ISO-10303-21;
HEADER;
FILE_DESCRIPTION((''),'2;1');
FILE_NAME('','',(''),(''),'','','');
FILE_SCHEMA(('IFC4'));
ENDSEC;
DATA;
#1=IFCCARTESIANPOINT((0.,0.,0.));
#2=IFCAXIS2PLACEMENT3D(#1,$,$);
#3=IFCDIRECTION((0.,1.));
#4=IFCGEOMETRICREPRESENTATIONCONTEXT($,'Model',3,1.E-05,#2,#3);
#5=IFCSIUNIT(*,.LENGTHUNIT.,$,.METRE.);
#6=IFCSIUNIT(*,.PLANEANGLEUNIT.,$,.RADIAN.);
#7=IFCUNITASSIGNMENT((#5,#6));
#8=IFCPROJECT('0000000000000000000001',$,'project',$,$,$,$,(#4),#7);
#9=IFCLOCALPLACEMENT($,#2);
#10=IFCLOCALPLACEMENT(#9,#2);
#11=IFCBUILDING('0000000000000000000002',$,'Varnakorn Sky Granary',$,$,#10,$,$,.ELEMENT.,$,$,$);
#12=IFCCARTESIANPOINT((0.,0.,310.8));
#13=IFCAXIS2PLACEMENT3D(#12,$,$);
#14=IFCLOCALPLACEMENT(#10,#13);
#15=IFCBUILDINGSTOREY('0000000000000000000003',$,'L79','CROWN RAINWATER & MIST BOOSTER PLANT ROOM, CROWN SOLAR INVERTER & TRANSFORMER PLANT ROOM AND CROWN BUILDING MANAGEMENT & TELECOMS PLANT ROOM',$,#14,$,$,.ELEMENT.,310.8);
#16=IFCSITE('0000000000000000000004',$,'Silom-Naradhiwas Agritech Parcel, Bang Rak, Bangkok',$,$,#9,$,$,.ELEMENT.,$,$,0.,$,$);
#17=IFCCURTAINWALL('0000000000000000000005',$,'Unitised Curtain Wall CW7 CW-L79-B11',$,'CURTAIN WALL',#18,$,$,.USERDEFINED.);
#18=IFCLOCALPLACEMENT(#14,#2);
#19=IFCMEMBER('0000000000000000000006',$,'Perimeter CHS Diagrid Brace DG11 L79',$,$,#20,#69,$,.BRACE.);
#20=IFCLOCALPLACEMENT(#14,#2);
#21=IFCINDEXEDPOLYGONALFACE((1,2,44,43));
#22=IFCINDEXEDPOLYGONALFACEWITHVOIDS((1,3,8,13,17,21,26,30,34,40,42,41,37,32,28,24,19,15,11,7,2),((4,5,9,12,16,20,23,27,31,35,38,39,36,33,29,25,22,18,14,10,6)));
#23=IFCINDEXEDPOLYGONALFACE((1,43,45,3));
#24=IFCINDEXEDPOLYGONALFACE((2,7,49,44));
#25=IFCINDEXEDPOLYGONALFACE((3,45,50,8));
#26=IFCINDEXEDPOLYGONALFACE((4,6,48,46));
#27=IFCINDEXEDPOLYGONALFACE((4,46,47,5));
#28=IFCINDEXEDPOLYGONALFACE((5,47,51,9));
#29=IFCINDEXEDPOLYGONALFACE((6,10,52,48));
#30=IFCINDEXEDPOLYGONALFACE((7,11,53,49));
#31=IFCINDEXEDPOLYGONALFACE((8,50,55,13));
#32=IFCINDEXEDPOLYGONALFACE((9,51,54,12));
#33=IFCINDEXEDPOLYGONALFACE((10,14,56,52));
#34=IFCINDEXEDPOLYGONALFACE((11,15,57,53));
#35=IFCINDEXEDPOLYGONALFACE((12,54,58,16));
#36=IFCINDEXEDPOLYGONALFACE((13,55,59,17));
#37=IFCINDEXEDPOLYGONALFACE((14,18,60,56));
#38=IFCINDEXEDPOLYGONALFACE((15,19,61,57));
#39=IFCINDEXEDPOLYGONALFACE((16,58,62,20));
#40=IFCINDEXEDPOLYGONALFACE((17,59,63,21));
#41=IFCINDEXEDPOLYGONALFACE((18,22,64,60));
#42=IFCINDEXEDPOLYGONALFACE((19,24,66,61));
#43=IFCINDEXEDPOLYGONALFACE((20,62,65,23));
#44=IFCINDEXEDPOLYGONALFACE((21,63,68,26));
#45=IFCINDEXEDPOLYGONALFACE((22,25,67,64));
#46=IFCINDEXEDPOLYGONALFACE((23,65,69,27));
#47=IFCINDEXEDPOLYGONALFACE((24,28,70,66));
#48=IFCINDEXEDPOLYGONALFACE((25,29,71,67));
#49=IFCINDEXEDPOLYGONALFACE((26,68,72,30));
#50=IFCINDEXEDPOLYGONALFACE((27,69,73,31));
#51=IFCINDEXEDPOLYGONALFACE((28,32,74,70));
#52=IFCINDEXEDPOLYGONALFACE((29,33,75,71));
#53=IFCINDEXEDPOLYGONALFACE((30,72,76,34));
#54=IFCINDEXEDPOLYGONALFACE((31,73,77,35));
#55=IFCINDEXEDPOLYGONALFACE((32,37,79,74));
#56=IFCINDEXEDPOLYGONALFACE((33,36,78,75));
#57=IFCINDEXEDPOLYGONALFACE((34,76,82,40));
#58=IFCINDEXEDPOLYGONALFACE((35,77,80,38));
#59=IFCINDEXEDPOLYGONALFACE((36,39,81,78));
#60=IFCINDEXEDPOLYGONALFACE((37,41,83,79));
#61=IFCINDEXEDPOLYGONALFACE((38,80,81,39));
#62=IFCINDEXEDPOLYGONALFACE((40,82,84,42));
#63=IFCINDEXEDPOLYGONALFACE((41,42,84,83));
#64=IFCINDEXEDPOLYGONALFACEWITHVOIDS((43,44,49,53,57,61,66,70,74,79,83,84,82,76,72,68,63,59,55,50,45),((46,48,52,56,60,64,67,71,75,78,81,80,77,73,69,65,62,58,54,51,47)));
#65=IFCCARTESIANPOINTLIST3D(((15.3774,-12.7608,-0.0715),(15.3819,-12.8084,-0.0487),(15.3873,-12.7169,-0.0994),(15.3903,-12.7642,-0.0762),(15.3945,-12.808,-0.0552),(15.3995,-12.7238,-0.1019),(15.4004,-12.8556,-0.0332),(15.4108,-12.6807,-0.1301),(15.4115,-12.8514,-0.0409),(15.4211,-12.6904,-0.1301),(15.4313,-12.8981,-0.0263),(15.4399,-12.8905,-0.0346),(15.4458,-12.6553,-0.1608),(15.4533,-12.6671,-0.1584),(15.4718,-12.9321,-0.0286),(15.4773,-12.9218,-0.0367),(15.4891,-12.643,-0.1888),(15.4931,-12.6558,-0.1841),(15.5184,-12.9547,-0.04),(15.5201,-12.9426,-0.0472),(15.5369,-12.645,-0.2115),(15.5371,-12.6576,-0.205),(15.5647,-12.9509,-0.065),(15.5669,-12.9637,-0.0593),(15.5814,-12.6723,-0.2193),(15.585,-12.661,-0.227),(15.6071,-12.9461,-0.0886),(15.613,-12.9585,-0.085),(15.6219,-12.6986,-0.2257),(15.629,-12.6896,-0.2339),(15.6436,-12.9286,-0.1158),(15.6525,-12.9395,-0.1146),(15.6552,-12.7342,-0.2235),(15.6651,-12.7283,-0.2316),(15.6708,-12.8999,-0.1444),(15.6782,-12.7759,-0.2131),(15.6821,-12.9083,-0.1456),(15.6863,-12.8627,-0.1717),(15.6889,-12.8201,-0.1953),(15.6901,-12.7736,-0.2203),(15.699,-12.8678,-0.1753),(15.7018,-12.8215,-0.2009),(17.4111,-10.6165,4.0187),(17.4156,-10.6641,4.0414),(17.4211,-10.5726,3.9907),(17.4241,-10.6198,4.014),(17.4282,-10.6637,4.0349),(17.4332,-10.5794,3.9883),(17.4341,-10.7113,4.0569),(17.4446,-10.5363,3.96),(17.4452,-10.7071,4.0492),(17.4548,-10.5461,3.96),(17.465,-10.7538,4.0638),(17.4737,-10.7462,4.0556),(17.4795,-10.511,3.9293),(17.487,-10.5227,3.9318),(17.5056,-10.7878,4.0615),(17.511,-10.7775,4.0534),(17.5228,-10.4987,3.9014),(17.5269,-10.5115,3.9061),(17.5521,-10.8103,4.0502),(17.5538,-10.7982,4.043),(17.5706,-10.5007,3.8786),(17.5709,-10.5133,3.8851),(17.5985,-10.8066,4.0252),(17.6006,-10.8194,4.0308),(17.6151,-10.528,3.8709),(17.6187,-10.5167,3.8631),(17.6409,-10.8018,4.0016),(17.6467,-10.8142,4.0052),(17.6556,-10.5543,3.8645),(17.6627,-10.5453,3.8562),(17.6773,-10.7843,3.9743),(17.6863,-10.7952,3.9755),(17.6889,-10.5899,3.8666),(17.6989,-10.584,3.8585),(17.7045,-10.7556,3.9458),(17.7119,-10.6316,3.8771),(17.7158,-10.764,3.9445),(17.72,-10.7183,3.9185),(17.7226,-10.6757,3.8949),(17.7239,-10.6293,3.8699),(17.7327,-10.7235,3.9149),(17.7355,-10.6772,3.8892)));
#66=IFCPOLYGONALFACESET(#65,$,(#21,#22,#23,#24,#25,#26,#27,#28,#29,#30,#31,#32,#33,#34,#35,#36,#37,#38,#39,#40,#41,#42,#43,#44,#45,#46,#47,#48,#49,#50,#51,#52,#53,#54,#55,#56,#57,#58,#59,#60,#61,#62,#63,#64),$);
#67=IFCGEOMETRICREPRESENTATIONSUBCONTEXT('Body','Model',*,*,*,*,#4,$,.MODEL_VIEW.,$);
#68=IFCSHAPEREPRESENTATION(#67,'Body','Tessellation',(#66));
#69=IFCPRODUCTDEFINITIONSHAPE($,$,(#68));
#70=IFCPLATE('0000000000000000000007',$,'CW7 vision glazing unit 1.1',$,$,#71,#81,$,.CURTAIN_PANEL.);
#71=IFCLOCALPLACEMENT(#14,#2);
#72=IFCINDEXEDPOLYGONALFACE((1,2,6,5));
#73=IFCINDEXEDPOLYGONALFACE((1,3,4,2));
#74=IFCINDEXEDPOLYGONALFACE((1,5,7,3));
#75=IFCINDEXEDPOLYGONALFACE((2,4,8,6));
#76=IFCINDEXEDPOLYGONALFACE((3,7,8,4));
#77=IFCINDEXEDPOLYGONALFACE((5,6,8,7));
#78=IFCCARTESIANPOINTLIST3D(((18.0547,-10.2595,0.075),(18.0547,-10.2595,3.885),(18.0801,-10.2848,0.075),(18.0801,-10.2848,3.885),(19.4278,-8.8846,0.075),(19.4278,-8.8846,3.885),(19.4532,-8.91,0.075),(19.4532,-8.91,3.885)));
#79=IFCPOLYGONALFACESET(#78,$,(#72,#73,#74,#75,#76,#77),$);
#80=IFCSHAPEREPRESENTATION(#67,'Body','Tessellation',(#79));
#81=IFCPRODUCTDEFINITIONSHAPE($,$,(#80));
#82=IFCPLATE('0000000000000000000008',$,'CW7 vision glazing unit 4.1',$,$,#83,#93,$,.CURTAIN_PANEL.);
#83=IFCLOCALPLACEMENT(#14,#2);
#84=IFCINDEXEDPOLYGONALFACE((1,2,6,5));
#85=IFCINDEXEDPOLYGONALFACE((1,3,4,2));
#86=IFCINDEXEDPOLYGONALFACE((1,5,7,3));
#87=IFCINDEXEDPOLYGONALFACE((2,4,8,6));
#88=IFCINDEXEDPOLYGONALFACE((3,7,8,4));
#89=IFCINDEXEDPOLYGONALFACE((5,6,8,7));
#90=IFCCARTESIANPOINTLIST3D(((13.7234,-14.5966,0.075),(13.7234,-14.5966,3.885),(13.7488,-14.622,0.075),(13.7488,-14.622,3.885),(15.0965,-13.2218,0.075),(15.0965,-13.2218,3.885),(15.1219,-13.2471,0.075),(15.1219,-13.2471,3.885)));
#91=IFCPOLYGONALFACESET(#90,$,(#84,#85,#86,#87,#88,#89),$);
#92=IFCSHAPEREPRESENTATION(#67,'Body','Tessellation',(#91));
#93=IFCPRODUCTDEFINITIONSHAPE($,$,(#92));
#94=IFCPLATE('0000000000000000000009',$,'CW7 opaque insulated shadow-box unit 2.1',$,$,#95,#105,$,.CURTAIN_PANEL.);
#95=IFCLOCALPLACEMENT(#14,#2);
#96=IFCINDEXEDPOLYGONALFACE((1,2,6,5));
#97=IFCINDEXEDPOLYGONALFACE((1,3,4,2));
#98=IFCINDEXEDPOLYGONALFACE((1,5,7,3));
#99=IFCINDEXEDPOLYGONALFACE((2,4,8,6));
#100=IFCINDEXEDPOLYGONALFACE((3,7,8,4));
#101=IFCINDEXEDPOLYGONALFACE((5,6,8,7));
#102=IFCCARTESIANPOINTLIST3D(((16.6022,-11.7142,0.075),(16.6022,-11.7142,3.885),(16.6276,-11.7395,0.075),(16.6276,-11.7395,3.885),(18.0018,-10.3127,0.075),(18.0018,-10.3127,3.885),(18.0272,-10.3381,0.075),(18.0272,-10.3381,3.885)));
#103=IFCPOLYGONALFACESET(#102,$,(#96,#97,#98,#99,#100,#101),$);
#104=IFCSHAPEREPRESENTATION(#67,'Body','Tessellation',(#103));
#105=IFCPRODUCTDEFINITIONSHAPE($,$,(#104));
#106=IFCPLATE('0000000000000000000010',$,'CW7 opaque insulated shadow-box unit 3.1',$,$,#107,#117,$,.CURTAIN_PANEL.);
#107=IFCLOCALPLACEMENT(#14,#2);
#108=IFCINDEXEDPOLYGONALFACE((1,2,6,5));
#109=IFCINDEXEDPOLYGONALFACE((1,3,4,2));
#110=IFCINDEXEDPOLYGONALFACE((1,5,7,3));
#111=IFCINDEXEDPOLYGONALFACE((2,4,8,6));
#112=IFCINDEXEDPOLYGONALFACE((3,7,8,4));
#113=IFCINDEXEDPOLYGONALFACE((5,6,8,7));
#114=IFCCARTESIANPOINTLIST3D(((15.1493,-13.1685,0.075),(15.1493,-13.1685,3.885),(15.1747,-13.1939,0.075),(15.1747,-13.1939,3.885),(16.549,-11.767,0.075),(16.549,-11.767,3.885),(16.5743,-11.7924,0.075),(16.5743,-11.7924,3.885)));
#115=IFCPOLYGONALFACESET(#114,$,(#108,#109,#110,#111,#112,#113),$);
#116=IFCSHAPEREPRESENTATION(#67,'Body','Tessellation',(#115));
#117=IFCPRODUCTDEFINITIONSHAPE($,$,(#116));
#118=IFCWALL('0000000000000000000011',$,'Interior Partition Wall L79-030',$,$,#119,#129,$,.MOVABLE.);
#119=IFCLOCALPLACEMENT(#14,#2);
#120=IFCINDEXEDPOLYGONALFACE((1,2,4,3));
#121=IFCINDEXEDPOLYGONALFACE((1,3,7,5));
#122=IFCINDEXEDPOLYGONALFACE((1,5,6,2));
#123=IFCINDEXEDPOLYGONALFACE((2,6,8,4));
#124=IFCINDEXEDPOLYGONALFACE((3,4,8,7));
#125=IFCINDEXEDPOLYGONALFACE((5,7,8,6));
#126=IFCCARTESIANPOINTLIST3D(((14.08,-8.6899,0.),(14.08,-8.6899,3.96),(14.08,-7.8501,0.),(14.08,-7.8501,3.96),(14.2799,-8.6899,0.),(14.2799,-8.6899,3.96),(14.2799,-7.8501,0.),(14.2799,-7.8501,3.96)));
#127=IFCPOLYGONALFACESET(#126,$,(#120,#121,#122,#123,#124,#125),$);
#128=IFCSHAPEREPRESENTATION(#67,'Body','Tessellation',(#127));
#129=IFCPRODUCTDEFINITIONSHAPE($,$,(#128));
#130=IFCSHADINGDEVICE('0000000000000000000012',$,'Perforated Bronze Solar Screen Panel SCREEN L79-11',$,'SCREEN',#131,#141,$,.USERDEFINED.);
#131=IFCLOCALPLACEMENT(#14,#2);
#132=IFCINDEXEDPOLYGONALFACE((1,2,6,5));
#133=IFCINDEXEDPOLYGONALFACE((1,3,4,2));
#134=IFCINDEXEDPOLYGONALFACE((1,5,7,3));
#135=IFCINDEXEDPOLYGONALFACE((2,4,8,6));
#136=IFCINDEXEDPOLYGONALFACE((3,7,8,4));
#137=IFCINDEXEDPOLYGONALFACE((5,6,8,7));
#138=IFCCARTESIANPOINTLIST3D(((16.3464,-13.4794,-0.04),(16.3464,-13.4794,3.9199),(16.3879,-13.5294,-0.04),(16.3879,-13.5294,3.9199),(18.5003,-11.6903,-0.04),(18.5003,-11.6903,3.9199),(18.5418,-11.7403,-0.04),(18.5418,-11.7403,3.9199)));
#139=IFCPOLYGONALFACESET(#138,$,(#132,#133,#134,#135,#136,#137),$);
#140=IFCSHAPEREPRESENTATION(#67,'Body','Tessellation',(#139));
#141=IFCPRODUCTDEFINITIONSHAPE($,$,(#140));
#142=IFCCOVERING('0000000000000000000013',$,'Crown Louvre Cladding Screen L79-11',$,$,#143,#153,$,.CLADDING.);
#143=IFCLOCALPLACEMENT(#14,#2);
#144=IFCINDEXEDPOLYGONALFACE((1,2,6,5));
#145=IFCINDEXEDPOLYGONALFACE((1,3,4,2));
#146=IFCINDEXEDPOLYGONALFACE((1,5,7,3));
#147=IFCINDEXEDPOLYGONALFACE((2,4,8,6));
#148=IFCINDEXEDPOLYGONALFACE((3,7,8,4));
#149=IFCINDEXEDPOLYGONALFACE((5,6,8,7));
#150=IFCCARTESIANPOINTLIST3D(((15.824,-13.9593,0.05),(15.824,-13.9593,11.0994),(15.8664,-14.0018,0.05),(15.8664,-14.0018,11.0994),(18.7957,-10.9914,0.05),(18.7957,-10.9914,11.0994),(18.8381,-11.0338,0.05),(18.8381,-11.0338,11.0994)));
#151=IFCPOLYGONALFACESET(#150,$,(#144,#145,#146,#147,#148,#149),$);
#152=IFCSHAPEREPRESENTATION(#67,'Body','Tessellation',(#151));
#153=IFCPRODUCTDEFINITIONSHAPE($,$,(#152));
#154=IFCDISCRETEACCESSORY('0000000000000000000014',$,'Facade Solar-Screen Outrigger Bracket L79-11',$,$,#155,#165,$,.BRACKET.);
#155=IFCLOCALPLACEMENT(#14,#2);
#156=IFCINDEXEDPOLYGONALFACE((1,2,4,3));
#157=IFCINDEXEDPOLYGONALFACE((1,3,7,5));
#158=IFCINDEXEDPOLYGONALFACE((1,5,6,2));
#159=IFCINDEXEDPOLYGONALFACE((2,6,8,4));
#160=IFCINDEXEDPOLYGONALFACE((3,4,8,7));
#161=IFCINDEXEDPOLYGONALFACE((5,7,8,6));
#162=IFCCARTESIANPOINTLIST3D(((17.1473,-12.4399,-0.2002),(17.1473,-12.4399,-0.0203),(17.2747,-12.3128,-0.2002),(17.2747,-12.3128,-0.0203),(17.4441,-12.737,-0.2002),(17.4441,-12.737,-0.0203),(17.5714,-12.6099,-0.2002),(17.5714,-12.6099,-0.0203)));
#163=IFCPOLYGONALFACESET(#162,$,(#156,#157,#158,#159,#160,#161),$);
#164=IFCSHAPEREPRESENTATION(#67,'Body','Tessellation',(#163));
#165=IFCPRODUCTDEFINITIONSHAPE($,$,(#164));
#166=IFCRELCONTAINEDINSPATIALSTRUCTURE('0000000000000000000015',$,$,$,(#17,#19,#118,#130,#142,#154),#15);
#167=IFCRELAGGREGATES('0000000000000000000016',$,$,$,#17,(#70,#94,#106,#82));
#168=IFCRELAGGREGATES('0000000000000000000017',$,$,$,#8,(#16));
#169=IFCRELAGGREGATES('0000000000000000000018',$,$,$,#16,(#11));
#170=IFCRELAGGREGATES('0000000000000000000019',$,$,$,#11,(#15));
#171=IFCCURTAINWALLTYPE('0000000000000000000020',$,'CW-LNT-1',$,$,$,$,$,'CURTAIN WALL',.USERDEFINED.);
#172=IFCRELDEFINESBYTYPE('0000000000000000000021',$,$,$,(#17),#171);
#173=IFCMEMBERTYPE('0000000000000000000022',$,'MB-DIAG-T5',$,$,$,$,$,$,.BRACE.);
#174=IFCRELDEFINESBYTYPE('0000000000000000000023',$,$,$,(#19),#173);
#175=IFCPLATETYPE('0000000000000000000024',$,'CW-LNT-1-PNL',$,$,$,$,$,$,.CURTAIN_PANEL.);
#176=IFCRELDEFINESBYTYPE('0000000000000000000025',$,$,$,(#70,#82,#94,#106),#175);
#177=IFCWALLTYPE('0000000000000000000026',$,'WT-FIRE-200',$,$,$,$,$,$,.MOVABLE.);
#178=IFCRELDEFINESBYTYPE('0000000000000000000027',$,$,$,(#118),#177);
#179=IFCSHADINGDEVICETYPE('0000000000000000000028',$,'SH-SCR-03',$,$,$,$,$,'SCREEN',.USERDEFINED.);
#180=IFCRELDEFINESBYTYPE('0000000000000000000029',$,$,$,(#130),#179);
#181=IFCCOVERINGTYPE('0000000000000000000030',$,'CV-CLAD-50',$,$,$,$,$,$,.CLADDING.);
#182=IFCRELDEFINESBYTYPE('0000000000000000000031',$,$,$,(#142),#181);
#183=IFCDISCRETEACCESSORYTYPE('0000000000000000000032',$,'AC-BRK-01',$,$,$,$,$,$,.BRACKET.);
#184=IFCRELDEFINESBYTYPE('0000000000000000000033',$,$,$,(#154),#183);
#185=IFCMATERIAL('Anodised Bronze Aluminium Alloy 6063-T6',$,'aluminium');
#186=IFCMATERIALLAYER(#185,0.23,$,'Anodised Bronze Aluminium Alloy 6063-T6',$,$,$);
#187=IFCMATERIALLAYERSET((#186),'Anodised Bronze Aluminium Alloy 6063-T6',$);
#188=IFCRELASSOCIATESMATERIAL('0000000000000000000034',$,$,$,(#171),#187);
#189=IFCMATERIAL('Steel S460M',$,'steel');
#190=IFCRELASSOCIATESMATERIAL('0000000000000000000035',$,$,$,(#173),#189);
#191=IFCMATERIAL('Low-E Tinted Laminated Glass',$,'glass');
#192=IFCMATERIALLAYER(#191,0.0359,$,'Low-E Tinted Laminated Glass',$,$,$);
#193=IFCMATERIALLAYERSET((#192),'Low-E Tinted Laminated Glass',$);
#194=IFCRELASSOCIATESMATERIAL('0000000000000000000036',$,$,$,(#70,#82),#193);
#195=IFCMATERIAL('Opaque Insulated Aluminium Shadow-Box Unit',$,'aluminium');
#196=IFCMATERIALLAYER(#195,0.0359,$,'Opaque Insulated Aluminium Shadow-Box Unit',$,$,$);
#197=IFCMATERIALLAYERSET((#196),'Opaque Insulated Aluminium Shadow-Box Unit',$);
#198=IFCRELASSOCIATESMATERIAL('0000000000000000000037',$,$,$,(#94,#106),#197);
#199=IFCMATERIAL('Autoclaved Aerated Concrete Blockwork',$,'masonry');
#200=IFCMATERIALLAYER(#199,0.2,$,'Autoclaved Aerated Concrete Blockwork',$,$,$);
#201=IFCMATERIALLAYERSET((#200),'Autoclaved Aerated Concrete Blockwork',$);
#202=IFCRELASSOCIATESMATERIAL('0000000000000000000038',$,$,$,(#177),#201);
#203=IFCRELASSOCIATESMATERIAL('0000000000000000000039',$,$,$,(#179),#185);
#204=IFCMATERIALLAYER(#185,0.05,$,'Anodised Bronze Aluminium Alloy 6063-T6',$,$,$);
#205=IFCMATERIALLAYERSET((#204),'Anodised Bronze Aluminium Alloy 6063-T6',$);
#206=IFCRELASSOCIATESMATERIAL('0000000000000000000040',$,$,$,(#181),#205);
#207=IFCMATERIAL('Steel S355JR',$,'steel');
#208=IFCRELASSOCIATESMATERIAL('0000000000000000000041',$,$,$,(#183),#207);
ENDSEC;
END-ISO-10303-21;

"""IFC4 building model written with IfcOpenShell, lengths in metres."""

from ifc_helpers import new_model, si_unit, direction, frame, frame_2d, origin, origin_2d, place, context, subcontext, project, spatial, rectangle, hollow_circle, extrude, source, transform, mapped, material, layer, layer_set, material_profile, profile_set, type_object, type_shapes, element, aggregate, save


model = new_model("IFC4")

# Units and contexts
model_context = context("Model", 3, precision=1e-05, world=origin(), true_north=direction((0.0, 1.0)))
body_context = subcontext(model_context, "Body", "Model", "MODEL_VIEW")
ifc_project = project(units=[si_unit("LENGTHUNIT", "METRE"), si_unit("PLANEANGLEUNIT", "RADIAN")], contexts=[model_context])

# Site, building, storey
site_placement = place(None, origin())
site = spatial("IfcSite", under=ifc_project, at=site_placement, Name="Silom-Naradhiwas Agritech Parcel, Bang Rak, Bangkok", CompositionType="ELEMENT", RefElevation=0.0)
building_placement = place(site_placement, origin())
building = spatial("IfcBuilding", under=site, at=building_placement, Name="Varnakorn Sky Granary", CompositionType="ELEMENT")
storey_placement = place(building_placement, frame((0.0, 0.0, 310.8)))
storey = spatial("IfcBuildingStorey", under=building, at=storey_placement, Name="L79", Description="CROWN RAINWATER & MIST BOOSTER PLANT ROOM, CROWN SOLAR INVERTER & TRANSFORMER PLANT ROOM AND CROWN BUILDING MANAGEMENT & TELECOMS PLANT ROOM", CompositionType="ELEMENT", Elevation=310.8)

# Shared definitions
ifc_material_1 = material(Name="Steel S460M", Category="steel")

# Shared definitions
ifc_material_2 = material(Name="Steel S355JR", Category="steel")

# Curtain wall
ifc_material_3 = material(Name="Anodised Bronze Aluminium Alloy 6063-T6", Category="aluminium")
ifc_layer_1 = layer(ifc_material_3, 0.23, Name="Anodised Bronze Aluminium Alloy 6063-T6")
ifc_layer_set_1 = layer_set([ifc_layer_1], Name="Anodised Bronze Aluminium Alloy 6063-T6")
curtain_wall_type = type_object("IfcCurtainWallType", Name="CW-LNT-1", ElementType="CURTAIN WALL", PredefinedType="USERDEFINED", material=ifc_layer_set_1)
curtain_wall_placement = place(storey_placement, origin())
curtain_wall = element("IfcCurtainWall", 1, at=curtain_wall_placement, inside=storey, type_object=curtain_wall_type, Name="Unitised Curtain Wall CW7 CW-L79-B11", ObjectType="CURTAIN WALL", PredefinedType="USERDEFINED")

# Member
ifc_material_profile_1 = material_profile(ifc_material_1, hollow_circle(Radius=0.1777, WallThickness=0.0142, at=origin_2d()), Name="CHS 355.6x14")
ifc_profile_set_1 = profile_set([ifc_material_profile_1], Name="Steel S460M")
member_type_1 = type_object("IfcMemberType", Name="MB-DIAG-T5", PredefinedType="BRACE", material=ifc_profile_set_1)
member_1_placement = place(storey_placement, frame((15.5398, -12.803, -0.1301), z_axis=(0.403026, 0.424943, 0.810551), x_axis=(-0.725571, 0.688148, 0.0)))
element("IfcMember", 2, at=member_1_placement, inside=storey, type_object=member_type_1, Name="Perimeter CHS Diagrid Brace DG11 L79", PredefinedType="BRACE", context=body_context, shape_type="SweptSolid", body=[
    extrude(hollow_circle(Radius=0.1777, WallThickness=0.0142, at=origin_2d()), origin(), (0.0, 0.0, 1.0), 5.0461),
])

# Plates
ifc_material_4 = material(Name="Low-E Tinted Laminated Glass", Category="glass")
ifc_layer_2 = layer(ifc_material_4, 0.0359, Name="Low-E Tinted Laminated Glass")
ifc_layer_set_2 = layer_set([ifc_layer_2], Name="Low-E Tinted Laminated Glass")
plate_type = type_object("IfcPlateType", Name="CW-LNT-1-PNL", PredefinedType="CURTAIN_PANEL")
shared_shape_1 = source(origin(), body_context, "Body", "SweptSolid", [
    extrude(rectangle(XDim=1.9431, YDim=0.0359, at=origin_2d()), origin(), (0.0, 0.0, 1.0), 3.8101),
])
plate_1_placement = place(storey_placement, frame((18.7539, -9.5847, 0.075), z_axis=(0.0, 0.0, 1.0), x_axis=(-0.706651, -0.707563, 0.0)))
plate_1 = element("IfcPlate", 3, at=plate_1_placement, type_object=plate_type, material=ifc_layer_set_2, Name="CW7 vision glazing unit 1.1", PredefinedType="CURTAIN_PANEL", context=body_context, shape_type="MappedRepresentation", body=[
    mapped(shared_shape_1, transform((0.0, 0.0, 0.0), x_axis=(1.0, 0.0, 0.0), y_axis=(0.0, 1.0, 0.0), z_axis=(0.0, 0.0, 1.0), scale=1.0)),
])
plate_2_placement = place(storey_placement, frame((14.4226, -13.9219, 0.075), z_axis=(0.0, 0.0, 1.0), x_axis=(-0.706651, -0.707563, 0.0)))
plate_2 = element("IfcPlate", 4, at=plate_2_placement, type_object=plate_type, material=ifc_layer_set_2, Name="CW7 vision glazing unit 4.1", PredefinedType="CURTAIN_PANEL", context=body_context, shape_type="MappedRepresentation", body=[
    mapped(shared_shape_1, transform((0.0, 0.0, 0.0), x_axis=(1.0, 0.0, 0.0), y_axis=(0.0, 1.0, 0.0), z_axis=(0.0, 0.0, 1.0), scale=1.0)),
])
ifc_material_5 = material(Name="Opaque Insulated Aluminium Shadow-Box Unit", Category="aluminium")
ifc_layer_3 = layer(ifc_material_5, 0.0359, Name="Opaque Insulated Aluminium Shadow-Box Unit")
ifc_layer_set_3 = layer_set([ifc_layer_3], Name="Opaque Insulated Aluminium Shadow-Box Unit")
shared_shape_2 = source(origin(), body_context, "Body", "SweptSolid", [
    extrude(rectangle(XDim=1.9807, YDim=0.0359, at=origin_2d()), origin(), (0.0, 0.0, 1.0), 3.8101),
])
type_shapes(plate_type, [shared_shape_1, shared_shape_2])
plate_3_placement = place(storey_placement, frame((17.3147, -11.0261, 0.075), z_axis=(0.0, 0.0, 1.0), x_axis=(-0.706651, -0.707563, 0.0)))
plate_3 = element("IfcPlate", 5, at=plate_3_placement, type_object=plate_type, material=ifc_layer_set_3, Name="CW7 opaque insulated shadow-box unit 2.1", PredefinedType="CURTAIN_PANEL", context=body_context, shape_type="MappedRepresentation", body=[
    mapped(shared_shape_2, transform((0.0, 0.0, 0.0), x_axis=(1.0, 0.0, 0.0), y_axis=(0.0, 1.0, 0.0), z_axis=(0.0, 0.0, 1.0), scale=1.0)),
])
plate_4_placement = place(storey_placement, frame((15.8618, -12.4805, 0.075), z_axis=(0.0, 0.0, 1.0), x_axis=(-0.706651, -0.707563, 0.0)))
plate_4 = element("IfcPlate", 6, at=plate_4_placement, type_object=plate_type, material=ifc_layer_set_3, Name="CW7 opaque insulated shadow-box unit 3.1", PredefinedType="CURTAIN_PANEL", context=body_context, shape_type="MappedRepresentation", body=[
    mapped(shared_shape_2, transform((0.0, 0.0, 0.0), x_axis=(1.0, 0.0, 0.0), y_axis=(0.0, 1.0, 0.0), z_axis=(0.0, 0.0, 1.0), scale=1.0)),
])
aggregate(curtain_wall, [plate_1, plate_3, plate_4, plate_2])

# Wall
ifc_material_6 = material(Name="Autoclaved Aerated Concrete Blockwork", Category="masonry")
ifc_layer_4 = layer(ifc_material_6, 0.2, Name="Autoclaved Aerated Concrete Blockwork")
ifc_layer_set_4 = layer_set([ifc_layer_4], Name="Autoclaved Aerated Concrete Blockwork")
wall_type = type_object("IfcWallType", Name="WT-FIRE-200", PredefinedType="MOVABLE", material=ifc_layer_set_4)
wall_placement = place(storey_placement, frame((14.1799, -8.6899, 0.0), z_axis=(0.0, 0.0, 1.0), x_axis=(0.0, 1.0, 0.0)))
element("IfcWall", 7, at=wall_placement, inside=storey, type_object=wall_type, Name="Interior Partition Wall L79-030", PredefinedType="MOVABLE", context=body_context, shape_type="SweptSolid", body=[
    extrude(rectangle(XDim=0.8398, YDim=0.2, at=frame_2d((0.4199, 0.0))), origin(), (0.0, 0.0, 1.0), 3.96),
])

# Shading device
shading_device_type = type_object("IfcShadingDeviceType", Name="SH-SCR-03", ElementType="SCREEN", PredefinedType="USERDEFINED", material=ifc_material_3)
shared_shape_3 = source(origin(), body_context, "Body", "SweptSolid", [
    extrude(rectangle(XDim=2.8, YDim=0.0649, at=origin_2d()), origin(), (0.0, 0.0, 1.0), 3.96),
])
type_shapes(shading_device_type, [shared_shape_3])
shading_device_placement = place(storey_placement, frame((17.4441, -12.6099, -0.04), z_axis=(0.0, 0.0, 1.0), x_axis=(0.76924, 0.63896, 0.0)))
element("IfcShadingDevice", 8, at=shading_device_placement, inside=storey, type_object=shading_device_type, Name="Perforated Bronze Solar Screen Panel SCREEN L79-11", ObjectType="SCREEN", PredefinedType="USERDEFINED", context=body_context, shape_type="MappedRepresentation", body=[
    mapped(shared_shape_3, transform((0.0, 0.0, 0.0), x_axis=(1.0, 0.0, 0.0), y_axis=(0.0, 1.0, 0.0), z_axis=(0.0, 0.0, 1.0), scale=1.0)),
])

# Covering
ifc_layer_5 = layer(ifc_material_3, 0.05, Name="Anodised Bronze Aluminium Alloy 6063-T6")
ifc_layer_set_5 = layer_set([ifc_layer_5], Name="Anodised Bronze Aluminium Alloy 6063-T6")
covering_type = type_object("IfcCoveringType", Name="CV-CLAD-50", PredefinedType="CLADDING", material=ifc_layer_set_5)
shared_shape_4 = source(origin(), body_context, "Body", "SweptSolid", [
    extrude(rectangle(XDim=4.2, YDim=0.0601, at=origin_2d()), origin(), (0.0, 0.0, 1.0), 11.0493),
])
type_shapes(covering_type, [shared_shape_4])
covering_placement = place(storey_placement, frame((17.3311, -12.4966, 0.05), z_axis=(0.0, 0.0, 1.0), x_axis=(0.707547, 0.706666, 0.0)))
element("IfcCovering", 9, at=covering_placement, inside=storey, type_object=covering_type, Name="Crown Louvre Cladding Screen L79-11", PredefinedType="CLADDING", context=body_context, shape_type="MappedRepresentation", body=[
    mapped(shared_shape_4, transform((0.0, 0.0, 0.0), x_axis=(1.0, 0.0, 0.0), y_axis=(0.0, 1.0, 0.0), z_axis=(0.0, 0.0, 1.0), scale=1.0)),
])

# Discrete accessory
discrete_accessory_type = type_object("IfcDiscreteAccessoryType", Name="AC-BRK-01", PredefinedType="BRACKET", material=ifc_material_2)
shared_shape_5 = source(origin(), body_context, "Body", "SweptSolid", [
    extrude(rectangle(XDim=0.1799, YDim=0.4199, at=origin_2d()), origin(), (0.0, 0.0, 1.0), 0.1799),
])
type_shapes(discrete_accessory_type, [shared_shape_5])
discrete_accessory_placement = place(storey_placement, frame((17.3594, -12.5249, -0.2002), z_axis=(0.0, 0.0, 1.0), x_axis=(0.707547, 0.706666, 0.0)))
element("IfcDiscreteAccessory", 10, at=discrete_accessory_placement, inside=storey, type_object=discrete_accessory_type, Name="Facade Solar-Screen Outrigger Bracket L79-11", PredefinedType="BRACKET", context=body_context, shape_type="MappedRepresentation", body=[
    mapped(shared_shape_5, transform((0.0, 0.0, 0.0), x_axis=(1.0, 0.0, 0.0), y_axis=(0.0, 1.0, 0.0), z_axis=(0.0, 0.0, 1.0), scale=1.0)),
])

save(model, "model.ifc")
